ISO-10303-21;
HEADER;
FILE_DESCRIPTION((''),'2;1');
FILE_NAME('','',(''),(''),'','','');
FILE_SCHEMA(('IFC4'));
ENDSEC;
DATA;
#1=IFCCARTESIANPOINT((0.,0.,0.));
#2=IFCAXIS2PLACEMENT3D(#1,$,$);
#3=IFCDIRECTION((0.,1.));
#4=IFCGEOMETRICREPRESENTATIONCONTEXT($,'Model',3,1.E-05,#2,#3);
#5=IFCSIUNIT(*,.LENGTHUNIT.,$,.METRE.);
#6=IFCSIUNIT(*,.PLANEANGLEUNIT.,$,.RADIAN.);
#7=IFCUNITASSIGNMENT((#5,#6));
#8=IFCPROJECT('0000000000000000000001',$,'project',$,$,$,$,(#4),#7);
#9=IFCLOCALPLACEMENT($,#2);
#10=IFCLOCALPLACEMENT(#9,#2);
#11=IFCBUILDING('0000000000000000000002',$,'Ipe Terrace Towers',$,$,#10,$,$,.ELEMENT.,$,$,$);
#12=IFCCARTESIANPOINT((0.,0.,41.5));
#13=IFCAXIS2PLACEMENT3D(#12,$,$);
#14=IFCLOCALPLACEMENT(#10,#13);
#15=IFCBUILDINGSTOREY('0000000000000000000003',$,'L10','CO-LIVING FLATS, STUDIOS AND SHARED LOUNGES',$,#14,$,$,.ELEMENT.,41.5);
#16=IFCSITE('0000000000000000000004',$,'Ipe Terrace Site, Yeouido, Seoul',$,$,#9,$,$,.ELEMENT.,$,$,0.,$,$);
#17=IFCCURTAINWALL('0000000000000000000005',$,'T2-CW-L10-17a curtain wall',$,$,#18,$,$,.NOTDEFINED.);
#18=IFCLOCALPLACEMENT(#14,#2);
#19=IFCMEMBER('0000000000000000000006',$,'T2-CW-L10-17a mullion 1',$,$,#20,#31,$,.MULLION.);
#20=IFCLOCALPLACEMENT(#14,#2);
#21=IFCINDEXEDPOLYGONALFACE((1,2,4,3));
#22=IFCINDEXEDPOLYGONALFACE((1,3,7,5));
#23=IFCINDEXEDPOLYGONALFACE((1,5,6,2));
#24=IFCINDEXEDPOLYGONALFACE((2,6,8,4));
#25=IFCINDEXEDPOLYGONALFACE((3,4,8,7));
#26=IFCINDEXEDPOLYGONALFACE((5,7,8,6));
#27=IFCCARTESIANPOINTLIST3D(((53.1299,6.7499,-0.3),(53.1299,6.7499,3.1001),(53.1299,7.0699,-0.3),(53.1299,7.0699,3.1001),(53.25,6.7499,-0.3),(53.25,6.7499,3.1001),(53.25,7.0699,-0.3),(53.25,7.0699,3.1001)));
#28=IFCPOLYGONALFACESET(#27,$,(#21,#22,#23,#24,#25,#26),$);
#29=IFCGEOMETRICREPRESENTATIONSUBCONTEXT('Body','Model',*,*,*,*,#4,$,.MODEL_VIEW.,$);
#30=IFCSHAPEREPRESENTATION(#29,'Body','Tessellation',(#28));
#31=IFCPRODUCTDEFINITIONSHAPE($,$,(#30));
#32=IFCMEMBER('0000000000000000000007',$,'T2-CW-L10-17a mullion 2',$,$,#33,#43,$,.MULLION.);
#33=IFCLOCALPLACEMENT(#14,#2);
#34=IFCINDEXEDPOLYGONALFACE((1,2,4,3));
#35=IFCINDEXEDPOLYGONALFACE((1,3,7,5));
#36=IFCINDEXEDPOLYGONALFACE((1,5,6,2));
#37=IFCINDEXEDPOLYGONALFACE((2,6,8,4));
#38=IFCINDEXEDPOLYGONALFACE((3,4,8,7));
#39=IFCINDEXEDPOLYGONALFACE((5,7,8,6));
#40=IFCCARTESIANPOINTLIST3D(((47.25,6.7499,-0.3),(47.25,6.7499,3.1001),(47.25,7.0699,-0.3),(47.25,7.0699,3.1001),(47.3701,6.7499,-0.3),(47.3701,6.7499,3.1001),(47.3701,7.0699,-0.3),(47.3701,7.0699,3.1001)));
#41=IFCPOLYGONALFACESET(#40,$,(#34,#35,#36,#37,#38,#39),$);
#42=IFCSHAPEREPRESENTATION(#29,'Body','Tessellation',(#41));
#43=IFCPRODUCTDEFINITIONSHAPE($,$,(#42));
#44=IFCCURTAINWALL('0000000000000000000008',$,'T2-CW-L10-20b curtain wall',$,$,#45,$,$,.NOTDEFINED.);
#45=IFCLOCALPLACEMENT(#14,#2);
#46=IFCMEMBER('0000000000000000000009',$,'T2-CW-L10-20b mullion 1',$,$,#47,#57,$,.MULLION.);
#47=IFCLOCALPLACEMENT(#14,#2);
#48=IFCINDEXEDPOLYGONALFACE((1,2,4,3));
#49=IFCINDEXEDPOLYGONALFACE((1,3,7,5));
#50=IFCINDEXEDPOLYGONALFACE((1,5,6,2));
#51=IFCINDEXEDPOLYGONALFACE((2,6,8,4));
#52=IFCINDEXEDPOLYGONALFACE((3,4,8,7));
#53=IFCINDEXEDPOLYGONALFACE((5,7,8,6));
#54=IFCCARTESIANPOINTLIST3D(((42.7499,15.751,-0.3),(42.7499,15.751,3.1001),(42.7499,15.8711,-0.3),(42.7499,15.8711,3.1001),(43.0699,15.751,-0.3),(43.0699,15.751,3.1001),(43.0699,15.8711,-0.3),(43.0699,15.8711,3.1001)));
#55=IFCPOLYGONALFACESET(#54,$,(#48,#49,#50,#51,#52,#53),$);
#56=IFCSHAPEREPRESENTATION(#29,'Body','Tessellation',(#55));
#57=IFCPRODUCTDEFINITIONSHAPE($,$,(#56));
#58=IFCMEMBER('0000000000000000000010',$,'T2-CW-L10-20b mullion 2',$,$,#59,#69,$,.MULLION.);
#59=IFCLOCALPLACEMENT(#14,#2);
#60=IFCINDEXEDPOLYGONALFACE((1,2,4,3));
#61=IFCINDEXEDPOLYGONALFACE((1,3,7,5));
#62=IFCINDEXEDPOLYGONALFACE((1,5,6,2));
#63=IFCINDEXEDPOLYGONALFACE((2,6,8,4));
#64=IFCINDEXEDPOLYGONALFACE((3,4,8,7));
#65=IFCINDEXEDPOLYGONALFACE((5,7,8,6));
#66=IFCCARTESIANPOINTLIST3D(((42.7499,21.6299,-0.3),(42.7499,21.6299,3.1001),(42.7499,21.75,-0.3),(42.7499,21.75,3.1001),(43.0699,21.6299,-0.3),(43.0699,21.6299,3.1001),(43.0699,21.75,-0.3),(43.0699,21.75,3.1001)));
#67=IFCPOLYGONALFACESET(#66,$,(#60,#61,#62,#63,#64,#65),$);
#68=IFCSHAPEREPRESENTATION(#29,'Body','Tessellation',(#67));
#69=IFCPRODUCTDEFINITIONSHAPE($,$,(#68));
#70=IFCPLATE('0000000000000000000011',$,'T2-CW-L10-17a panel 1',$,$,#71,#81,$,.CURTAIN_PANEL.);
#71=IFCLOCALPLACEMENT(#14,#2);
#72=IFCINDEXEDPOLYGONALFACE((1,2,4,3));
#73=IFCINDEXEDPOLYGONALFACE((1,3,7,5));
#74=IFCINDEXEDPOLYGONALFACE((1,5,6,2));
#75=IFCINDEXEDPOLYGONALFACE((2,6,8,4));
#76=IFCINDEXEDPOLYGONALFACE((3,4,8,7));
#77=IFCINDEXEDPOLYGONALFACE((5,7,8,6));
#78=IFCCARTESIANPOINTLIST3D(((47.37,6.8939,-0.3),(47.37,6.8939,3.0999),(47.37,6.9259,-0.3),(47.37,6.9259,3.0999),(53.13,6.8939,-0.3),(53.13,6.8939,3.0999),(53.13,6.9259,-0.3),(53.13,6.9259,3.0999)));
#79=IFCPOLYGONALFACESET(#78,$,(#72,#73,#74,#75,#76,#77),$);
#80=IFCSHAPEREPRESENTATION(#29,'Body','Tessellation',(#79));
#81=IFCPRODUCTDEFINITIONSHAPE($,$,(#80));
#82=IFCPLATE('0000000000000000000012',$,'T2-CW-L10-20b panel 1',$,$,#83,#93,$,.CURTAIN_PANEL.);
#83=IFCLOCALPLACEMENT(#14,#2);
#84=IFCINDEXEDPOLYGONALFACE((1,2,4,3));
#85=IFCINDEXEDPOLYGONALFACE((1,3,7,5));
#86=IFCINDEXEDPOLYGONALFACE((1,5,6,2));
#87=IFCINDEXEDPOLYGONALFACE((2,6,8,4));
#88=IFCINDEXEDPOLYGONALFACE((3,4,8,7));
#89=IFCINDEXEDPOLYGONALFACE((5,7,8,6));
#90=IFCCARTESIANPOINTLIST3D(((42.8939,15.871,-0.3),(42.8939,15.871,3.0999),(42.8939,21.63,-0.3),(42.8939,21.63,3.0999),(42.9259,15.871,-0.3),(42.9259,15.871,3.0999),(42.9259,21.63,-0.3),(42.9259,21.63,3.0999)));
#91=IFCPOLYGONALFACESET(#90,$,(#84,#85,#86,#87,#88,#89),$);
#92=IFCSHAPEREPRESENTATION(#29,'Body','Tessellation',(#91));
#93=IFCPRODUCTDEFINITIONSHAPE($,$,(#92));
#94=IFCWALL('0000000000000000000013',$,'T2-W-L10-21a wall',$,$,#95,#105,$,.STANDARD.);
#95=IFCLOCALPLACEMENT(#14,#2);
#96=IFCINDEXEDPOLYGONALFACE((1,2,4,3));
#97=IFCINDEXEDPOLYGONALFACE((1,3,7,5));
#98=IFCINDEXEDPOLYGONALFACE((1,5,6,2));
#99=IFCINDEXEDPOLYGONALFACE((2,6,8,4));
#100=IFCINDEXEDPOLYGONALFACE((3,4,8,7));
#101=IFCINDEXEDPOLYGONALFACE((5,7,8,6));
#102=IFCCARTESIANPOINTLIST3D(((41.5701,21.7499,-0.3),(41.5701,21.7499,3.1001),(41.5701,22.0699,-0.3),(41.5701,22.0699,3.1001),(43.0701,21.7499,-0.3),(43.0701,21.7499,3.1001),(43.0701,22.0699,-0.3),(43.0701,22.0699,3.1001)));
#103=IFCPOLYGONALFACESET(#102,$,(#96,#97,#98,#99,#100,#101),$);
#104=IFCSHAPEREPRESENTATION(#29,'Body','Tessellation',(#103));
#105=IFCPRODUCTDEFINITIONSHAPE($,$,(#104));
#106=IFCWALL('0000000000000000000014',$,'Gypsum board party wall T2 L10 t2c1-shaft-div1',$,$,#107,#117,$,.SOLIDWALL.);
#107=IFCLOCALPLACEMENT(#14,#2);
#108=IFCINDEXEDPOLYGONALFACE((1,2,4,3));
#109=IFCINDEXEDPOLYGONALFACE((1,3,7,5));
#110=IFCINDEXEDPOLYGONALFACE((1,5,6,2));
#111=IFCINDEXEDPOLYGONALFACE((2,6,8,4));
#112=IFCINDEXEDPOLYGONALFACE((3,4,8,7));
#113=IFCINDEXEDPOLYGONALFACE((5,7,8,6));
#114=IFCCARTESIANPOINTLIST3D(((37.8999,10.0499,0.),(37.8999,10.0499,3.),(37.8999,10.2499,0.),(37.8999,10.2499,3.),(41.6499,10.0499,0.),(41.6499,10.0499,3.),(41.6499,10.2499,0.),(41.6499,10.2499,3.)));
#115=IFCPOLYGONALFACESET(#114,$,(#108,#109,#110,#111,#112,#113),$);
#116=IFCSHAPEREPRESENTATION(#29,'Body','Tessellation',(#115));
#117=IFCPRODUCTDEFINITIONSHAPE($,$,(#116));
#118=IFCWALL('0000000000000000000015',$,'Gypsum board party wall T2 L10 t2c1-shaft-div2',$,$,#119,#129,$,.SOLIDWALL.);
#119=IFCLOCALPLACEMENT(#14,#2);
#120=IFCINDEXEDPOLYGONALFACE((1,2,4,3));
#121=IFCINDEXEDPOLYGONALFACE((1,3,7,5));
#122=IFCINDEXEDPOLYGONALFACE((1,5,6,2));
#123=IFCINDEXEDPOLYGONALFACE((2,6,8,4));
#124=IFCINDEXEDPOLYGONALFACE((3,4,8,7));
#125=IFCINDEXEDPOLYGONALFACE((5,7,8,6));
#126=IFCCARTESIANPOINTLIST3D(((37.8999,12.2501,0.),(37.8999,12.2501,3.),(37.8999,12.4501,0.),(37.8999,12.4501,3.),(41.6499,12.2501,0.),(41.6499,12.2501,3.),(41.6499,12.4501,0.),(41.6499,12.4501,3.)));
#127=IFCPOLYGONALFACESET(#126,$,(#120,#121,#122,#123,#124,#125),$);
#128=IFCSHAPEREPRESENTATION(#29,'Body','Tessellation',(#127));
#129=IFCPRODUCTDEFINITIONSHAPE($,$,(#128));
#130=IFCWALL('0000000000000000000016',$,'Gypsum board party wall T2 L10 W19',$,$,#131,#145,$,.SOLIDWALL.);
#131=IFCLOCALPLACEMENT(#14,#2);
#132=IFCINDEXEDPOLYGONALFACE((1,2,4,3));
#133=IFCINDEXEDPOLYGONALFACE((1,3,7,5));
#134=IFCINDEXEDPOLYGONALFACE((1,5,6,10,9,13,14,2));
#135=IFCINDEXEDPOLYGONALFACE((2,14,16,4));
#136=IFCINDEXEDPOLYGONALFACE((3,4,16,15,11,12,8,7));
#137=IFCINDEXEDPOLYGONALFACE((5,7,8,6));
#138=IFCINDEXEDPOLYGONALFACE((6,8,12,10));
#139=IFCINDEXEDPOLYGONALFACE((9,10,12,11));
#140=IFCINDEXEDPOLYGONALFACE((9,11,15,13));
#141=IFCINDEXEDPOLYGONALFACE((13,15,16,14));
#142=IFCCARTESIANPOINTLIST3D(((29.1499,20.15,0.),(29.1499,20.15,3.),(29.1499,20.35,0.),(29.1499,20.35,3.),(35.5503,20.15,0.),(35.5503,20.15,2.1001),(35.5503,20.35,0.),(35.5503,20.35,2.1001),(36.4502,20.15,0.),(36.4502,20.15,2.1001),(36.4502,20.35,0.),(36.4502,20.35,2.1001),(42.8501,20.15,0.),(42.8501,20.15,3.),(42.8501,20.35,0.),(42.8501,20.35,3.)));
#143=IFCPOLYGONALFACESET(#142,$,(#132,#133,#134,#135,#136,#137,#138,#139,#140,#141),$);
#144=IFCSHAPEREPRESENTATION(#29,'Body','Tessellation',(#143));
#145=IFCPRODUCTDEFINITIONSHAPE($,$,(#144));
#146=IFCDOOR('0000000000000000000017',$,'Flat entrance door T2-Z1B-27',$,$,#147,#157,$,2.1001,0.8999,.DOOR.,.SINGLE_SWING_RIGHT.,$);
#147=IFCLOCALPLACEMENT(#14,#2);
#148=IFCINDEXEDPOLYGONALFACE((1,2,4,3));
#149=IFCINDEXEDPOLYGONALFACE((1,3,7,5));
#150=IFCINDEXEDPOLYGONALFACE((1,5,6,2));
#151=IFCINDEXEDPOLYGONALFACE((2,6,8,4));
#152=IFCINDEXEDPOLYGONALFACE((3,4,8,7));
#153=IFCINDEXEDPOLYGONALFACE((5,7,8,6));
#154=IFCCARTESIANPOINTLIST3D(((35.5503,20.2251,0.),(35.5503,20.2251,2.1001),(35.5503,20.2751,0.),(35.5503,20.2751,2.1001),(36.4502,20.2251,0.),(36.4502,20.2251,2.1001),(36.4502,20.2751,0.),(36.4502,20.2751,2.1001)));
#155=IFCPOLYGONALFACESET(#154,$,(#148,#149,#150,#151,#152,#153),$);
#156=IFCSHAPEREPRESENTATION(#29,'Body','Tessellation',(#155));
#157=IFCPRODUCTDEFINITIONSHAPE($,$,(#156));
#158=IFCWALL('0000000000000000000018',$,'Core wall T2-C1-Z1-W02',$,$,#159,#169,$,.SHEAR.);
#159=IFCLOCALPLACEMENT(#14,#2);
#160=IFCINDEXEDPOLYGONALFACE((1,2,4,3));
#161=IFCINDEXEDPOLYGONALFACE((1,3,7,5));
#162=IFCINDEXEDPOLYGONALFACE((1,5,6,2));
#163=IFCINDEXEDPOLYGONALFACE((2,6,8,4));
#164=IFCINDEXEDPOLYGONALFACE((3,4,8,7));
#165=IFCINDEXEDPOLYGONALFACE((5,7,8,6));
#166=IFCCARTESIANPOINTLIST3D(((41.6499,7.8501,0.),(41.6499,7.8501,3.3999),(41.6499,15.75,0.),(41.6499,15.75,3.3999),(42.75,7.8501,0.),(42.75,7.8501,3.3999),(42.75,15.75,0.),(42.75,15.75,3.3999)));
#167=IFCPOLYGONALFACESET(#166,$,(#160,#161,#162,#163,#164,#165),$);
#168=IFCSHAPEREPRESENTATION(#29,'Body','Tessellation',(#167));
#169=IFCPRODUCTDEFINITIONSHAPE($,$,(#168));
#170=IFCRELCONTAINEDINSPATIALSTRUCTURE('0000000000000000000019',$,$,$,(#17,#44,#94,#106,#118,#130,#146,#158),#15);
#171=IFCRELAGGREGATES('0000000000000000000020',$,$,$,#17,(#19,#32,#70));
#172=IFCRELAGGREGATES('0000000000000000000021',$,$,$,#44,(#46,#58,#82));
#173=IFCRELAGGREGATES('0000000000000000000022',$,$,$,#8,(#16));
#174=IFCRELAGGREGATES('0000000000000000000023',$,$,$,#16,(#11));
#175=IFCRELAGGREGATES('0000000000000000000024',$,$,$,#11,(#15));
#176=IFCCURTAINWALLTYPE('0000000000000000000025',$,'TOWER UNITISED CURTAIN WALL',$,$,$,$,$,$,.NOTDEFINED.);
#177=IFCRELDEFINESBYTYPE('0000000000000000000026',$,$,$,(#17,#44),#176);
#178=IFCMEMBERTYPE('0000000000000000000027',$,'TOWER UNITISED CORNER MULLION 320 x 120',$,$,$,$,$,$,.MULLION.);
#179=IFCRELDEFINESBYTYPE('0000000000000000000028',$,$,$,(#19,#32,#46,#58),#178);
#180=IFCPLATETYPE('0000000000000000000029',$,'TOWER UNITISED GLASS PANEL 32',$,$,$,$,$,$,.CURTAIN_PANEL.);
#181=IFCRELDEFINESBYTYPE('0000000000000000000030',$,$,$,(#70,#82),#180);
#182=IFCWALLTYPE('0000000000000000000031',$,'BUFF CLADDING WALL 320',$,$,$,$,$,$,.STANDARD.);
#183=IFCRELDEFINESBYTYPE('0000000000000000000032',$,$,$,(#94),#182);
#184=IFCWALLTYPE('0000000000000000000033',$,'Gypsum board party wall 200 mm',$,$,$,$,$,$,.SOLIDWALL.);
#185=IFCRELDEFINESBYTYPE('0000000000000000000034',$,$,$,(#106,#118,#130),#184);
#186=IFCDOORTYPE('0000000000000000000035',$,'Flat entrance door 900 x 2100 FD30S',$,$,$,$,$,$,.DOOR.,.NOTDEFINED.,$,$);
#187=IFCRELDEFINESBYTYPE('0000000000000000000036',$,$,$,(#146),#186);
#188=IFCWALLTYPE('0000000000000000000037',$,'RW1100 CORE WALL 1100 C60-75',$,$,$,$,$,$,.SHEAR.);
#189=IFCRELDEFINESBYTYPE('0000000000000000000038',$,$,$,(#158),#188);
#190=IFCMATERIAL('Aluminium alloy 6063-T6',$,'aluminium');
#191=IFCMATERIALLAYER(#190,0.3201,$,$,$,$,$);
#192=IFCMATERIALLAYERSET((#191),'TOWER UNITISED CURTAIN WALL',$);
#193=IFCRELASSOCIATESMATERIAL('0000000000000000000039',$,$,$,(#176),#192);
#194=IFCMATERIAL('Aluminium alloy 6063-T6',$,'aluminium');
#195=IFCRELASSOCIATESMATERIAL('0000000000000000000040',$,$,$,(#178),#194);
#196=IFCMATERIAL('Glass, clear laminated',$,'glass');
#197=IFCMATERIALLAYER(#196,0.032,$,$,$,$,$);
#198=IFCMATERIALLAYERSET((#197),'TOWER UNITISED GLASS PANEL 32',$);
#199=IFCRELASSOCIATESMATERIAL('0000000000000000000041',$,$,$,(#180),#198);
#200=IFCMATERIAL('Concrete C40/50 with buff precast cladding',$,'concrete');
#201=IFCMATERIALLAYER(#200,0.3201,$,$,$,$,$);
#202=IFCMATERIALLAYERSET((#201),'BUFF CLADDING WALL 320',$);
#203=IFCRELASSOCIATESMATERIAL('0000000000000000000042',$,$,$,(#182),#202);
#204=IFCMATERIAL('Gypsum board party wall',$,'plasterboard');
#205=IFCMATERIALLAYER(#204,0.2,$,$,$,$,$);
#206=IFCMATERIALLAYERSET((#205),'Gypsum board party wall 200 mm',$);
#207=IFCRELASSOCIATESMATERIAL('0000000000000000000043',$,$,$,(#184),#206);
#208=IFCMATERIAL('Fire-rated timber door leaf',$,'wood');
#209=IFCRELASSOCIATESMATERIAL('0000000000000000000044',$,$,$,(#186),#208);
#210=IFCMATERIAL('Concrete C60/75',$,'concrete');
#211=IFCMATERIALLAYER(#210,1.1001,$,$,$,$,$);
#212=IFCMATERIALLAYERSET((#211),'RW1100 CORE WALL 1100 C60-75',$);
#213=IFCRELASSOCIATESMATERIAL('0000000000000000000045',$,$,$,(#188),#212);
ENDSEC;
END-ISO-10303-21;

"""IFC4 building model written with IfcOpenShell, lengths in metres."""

from ifc_helpers import new_model, si_unit, direction, frame, frame_2d, origin, origin_2d, place, context, subcontext, project, spatial, rectangle, extrude, material, layer, layer_set, material_profile, profile_set, type_object, element, fill, aggregate, save


model = new_model("IFC4")

# Units and contexts
model_context = context("Model", 3, precision=1e-05, world=origin(), true_north=direction((0.0, 1.0)))
body_context = subcontext(model_context, "Body", "Model", "MODEL_VIEW")
ifc_project = project(units=[si_unit("LENGTHUNIT", "METRE"), si_unit("PLANEANGLEUNIT", "RADIAN")], contexts=[model_context])

# Site, building, storey
site_placement = place(None, origin())
site = spatial("IfcSite", under=ifc_project, at=site_placement, Name="Ipe Terrace Site, Yeouido, Seoul", CompositionType="ELEMENT", RefElevation=0.0)
building_placement = place(site_placement, origin())
building = spatial("IfcBuilding", under=site, at=building_placement, Name="Ipe Terrace Towers", CompositionType="ELEMENT")
storey_placement = place(building_placement, frame((0.0, 0.0, 41.5)))
storey = spatial("IfcBuildingStorey", under=building, at=storey_placement, Name="L10", Description="CO-LIVING FLATS, STUDIOS AND SHARED LOUNGES", CompositionType="ELEMENT", Elevation=41.5)

# Curtain walls, members
ifc_material_1 = material(Name="Aluminium alloy 6063-T6", Category="aluminium")
ifc_layer_1 = layer(ifc_material_1, 0.3201)
ifc_layer_set_1 = layer_set([ifc_layer_1], Name="TOWER UNITISED CURTAIN WALL")
curtain_wall_type = type_object("IfcCurtainWallType", Name="TOWER UNITISED CURTAIN WALL", PredefinedType="NOTDEFINED", material=ifc_layer_set_1)
curtain_wall_1_placement = place(storey_placement, origin())
curtain_wall_1 = element("IfcCurtainWall", 1, at=curtain_wall_1_placement, inside=storey, type_object=curtain_wall_type, Name="T2-CW-L10-17a curtain wall", PredefinedType="NOTDEFINED")
ifc_material_2 = material(Name="Aluminium alloy 6063-T6", Category="aluminium")
ifc_material_profile_1 = material_profile(ifc_material_2, rectangle(XDim=0.3201, YDim=0.1201, at=origin_2d()), Name="TOWER UNITISED CORNER MULLION 320 x 120")
ifc_profile_set_1 = profile_set([ifc_material_profile_1], Name="Aluminium alloy 6063-T6")
member_type = type_object("IfcMemberType", Name="TOWER UNITISED CORNER MULLION 320 x 120", PredefinedType="MULLION", material=ifc_profile_set_1)
member_1_placement = place(storey_placement, frame((53.1899, 6.9099, -0.3), z_axis=(0.0, 0.0, 1.0), x_axis=(0.0, 1.0, 0.0)))
member_1 = element("IfcMember", 2, at=member_1_placement, type_object=member_type, Name="T2-CW-L10-17a mullion 1", PredefinedType="MULLION", context=body_context, shape_type="SweptSolid", body=[
    extrude(rectangle(XDim=0.3201, YDim=0.1201, at=origin_2d()), origin(), (0.0, 0.0, 1.0), 3.4001),
])
member_2_placement = place(storey_placement, frame((47.3101, 6.9099, -0.3), z_axis=(0.0, 0.0, 1.0), x_axis=(0.0, 1.0, 0.0)))
member_2 = element("IfcMember", 3, at=member_2_placement, type_object=member_type, Name="T2-CW-L10-17a mullion 2", PredefinedType="MULLION", context=body_context, shape_type="SweptSolid", body=[
    extrude(rectangle(XDim=0.3201, YDim=0.1201, at=origin_2d()), origin(), (0.0, 0.0, 1.0), 3.4001),
])
curtain_wall_2_placement = place(storey_placement, origin())
curtain_wall_2 = element("IfcCurtainWall", 4, at=curtain_wall_2_placement, inside=storey, type_object=curtain_wall_type, Name="T2-CW-L10-20b curtain wall", PredefinedType="NOTDEFINED")
member_3_placement = place(storey_placement, frame((42.9099, 15.811, -0.3), z_axis=(0.0, 0.0, 1.0), x_axis=(1.0, 0.0, 0.0)))
member_3 = element("IfcMember", 5, at=member_3_placement, type_object=member_type, Name="T2-CW-L10-20b mullion 1", PredefinedType="MULLION", context=body_context, shape_type="SweptSolid", body=[
    extrude(rectangle(XDim=0.3201, YDim=0.1201, at=origin_2d()), origin(), (0.0, 0.0, 1.0), 3.4001),
])
member_4_placement = place(storey_placement, frame((42.9099, 21.6899, -0.3), z_axis=(0.0, 0.0, 1.0), x_axis=(1.0, 0.0, 0.0)))
member_4 = element("IfcMember", 6, at=member_4_placement, type_object=member_type, Name="T2-CW-L10-20b mullion 2", PredefinedType="MULLION", context=body_context, shape_type="SweptSolid", body=[
    extrude(rectangle(XDim=0.3201, YDim=0.1201, at=origin_2d()), origin(), (0.0, 0.0, 1.0), 3.4001),
])

# Plates
ifc_material_3 = material(Name="Glass, clear laminated", Category="glass")
ifc_layer_2 = layer(ifc_material_3, 0.032)
ifc_layer_set_2 = layer_set([ifc_layer_2], Name="TOWER UNITISED GLASS PANEL 32")
plate_type = type_object("IfcPlateType", Name="TOWER UNITISED GLASS PANEL 32", PredefinedType="CURTAIN_PANEL", material=ifc_layer_set_2)
plate_1_placement = place(storey_placement, frame((50.25, 6.9099, -0.3), z_axis=(0.0, 0.0, 1.0), x_axis=(-1.0, 0.0, 0.0)))
plate_1 = element("IfcPlate", 7, at=plate_1_placement, type_object=plate_type, Name="T2-CW-L10-17a panel 1", PredefinedType="CURTAIN_PANEL", context=body_context, shape_type="SweptSolid", body=[
    extrude(rectangle(XDim=5.76, YDim=0.032, at=origin_2d()), origin(), (0.0, 0.0, 1.0), 3.3999),
])
aggregate(curtain_wall_1, [member_1, member_2, plate_1])
plate_2_placement = place(storey_placement, frame((42.9099, 18.7505, -0.3), z_axis=(0.0, 0.0, 1.0), x_axis=(0.0, 1.0, 0.0)))
plate_2 = element("IfcPlate", 8, at=plate_2_placement, type_object=plate_type, Name="T2-CW-L10-20b panel 1", PredefinedType="CURTAIN_PANEL", context=body_context, shape_type="SweptSolid", body=[
    extrude(rectangle(XDim=5.759, YDim=0.032, at=origin_2d()), origin(), (0.0, 0.0, 1.0), 3.3999),
])
aggregate(curtain_wall_2, [member_3, member_4, plate_2])

# Walls
ifc_material_4 = material(Name="Concrete C40/50 with buff precast cladding", Category="concrete")
ifc_layer_3 = layer(ifc_material_4, 0.3201)
ifc_layer_set_3 = layer_set([ifc_layer_3], Name="BUFF CLADDING WALL 320")
wall_type_1 = type_object("IfcWallType", Name="BUFF CLADDING WALL 320", PredefinedType="STANDARD", material=ifc_layer_set_3)
wall_1_placement = place(storey_placement, frame((43.0701, 21.9099, -0.3), z_axis=(0.0, 0.0, 1.0), x_axis=(-1.0, 0.0, 0.0)))
element("IfcWall", 9, at=wall_1_placement, inside=storey, type_object=wall_type_1, Name="T2-W-L10-21a wall", PredefinedType="STANDARD", context=body_context, shape_type="SweptSolid", body=[
    extrude(rectangle(XDim=1.5, YDim=0.3201, at=frame_2d((0.75, 0.0))), origin(), (0.0, 0.0, 1.0), 3.4001),
])
ifc_material_5 = material(Name="Gypsum board party wall", Category="plasterboard")
ifc_layer_4 = layer(ifc_material_5, 0.2)
ifc_layer_set_4 = layer_set([ifc_layer_4], Name="Gypsum board party wall 200 mm")
wall_type_2 = type_object("IfcWallType", Name="Gypsum board party wall 200 mm", PredefinedType="SOLIDWALL", material=ifc_layer_set_4)
for number, where, z_axis, x_axis, name in (
    (10, (41.6499, 10.1499, 0.0), (0.0, 0.0, 1.0), (-1.0, 0.0, 0.0), "Gypsum board party wall T2 L10 t2c1-shaft-div1"),
    (11, (41.6499, 12.3501, 0.0), (0.0, 0.0, 1.0), (-1.0, 0.0, 0.0), "Gypsum board party wall T2 L10 t2c1-shaft-div2"),
):
    element("IfcWall", number, at=place(storey_placement, frame(where, z_axis=z_axis, x_axis=x_axis)), inside=storey, type_object=wall_type_2, Name=name, PredefinedType="SOLIDWALL", context=body_context, shape_type="SweptSolid", body=[
        extrude(rectangle(XDim=3.75, YDim=0.2, at=frame_2d((1.875, 0.0))), origin(), (0.0, 0.0, 1.0), 3.0),
    ])

# Wall, opening, door
wall_2_placement = place(storey_placement, frame((42.8501, 20.25, 0.0), z_axis=(0.0, 0.0, 1.0), x_axis=(-1.0, 0.0, 0.0)))
wall_2 = element("IfcWall", 12, at=wall_2_placement, inside=storey, type_object=wall_type_2, Name="Gypsum board party wall T2 L10 W19", PredefinedType="SOLIDWALL", context=body_context, shape_type="SweptSolid", body=[
    extrude(rectangle(XDim=13.7002, YDim=0.2, at=frame_2d((6.8501, 0.0))), origin(), (0.0, 0.0, 1.0), 3.0),
])
opening_1_placement = place(wall_2_placement, frame((6.3999, 0.0, 0.0)))
opening_1 = element("IfcOpeningElement", 13, at=opening_1_placement, cuts=wall_2, PredefinedType="OPENING", context=body_context, shape_type="SweptSolid", body=[
    extrude(rectangle(XDim=0.8999, YDim=2.1001, at=frame_2d((0.45, 1.05))), frame((0.0, 0.1099, 0.0), z_axis=(0.0, -1.0, 0.0), x_axis=(1.0, 0.0, 0.0)), (0.0, 0.0, 1.0), 0.22),
])
ifc_material_6 = material(Name="Fire-rated timber door leaf", Category="wood")
door_type_1 = type_object("IfcDoorType", Name="Flat entrance door 900 x 2100 FD30S", OperationType="NOTDEFINED", PredefinedType="DOOR", material=ifc_material_6)
door_1_placement = place(opening_1_placement, origin())
door_1 = element("IfcDoor", 14, at=door_1_placement, inside=storey, type_object=door_type_1, Name="Flat entrance door T2-Z1B-27", OperationType="SINGLE_SWING_RIGHT", OverallHeight=2.1001, OverallWidth=0.8999, PredefinedType="DOOR", context=body_context, shape_type="SweptSolid", body=[
    extrude(rectangle(XDim=0.8999, YDim=2.1001, at=frame_2d((0.45, 1.05))), frame((0.0, 0.0249, 0.0), z_axis=(0.0, -1.0, 0.0), x_axis=(1.0, 0.0, 0.0)), (0.0, 0.0, 1.0), 0.05),
])
fill(opening_1, door_1)

# Wall
ifc_material_7 = material(Name="Concrete C60/75", Category="concrete")
ifc_layer_5 = layer(ifc_material_7, 1.1001)
ifc_layer_set_5 = layer_set([ifc_layer_5], Name="RW1100 CORE WALL 1100 C60-75")
wall_type_3 = type_object("IfcWallType", Name="RW1100 CORE WALL 1100 C60-75", PredefinedType="SHEAR", material=ifc_layer_set_5)
wall_3_placement = place(storey_placement, frame((42.2, 7.8501, 0.0), z_axis=(0.0, 0.0, 1.0), x_axis=(0.0, 1.0, 0.0)))
element("IfcWall", 15, at=wall_3_placement, inside=storey, type_object=wall_type_3, Name="Core wall T2-C1-Z1-W02", PredefinedType="SHEAR", context=body_context, shape_type="SweptSolid", body=[
    extrude(rectangle(XDim=7.8999, YDim=1.1001, at=frame_2d((3.95, 0.0))), origin(), (0.0, 0.0, 1.0), 3.3999),
])

save(model, "model.ifc")
